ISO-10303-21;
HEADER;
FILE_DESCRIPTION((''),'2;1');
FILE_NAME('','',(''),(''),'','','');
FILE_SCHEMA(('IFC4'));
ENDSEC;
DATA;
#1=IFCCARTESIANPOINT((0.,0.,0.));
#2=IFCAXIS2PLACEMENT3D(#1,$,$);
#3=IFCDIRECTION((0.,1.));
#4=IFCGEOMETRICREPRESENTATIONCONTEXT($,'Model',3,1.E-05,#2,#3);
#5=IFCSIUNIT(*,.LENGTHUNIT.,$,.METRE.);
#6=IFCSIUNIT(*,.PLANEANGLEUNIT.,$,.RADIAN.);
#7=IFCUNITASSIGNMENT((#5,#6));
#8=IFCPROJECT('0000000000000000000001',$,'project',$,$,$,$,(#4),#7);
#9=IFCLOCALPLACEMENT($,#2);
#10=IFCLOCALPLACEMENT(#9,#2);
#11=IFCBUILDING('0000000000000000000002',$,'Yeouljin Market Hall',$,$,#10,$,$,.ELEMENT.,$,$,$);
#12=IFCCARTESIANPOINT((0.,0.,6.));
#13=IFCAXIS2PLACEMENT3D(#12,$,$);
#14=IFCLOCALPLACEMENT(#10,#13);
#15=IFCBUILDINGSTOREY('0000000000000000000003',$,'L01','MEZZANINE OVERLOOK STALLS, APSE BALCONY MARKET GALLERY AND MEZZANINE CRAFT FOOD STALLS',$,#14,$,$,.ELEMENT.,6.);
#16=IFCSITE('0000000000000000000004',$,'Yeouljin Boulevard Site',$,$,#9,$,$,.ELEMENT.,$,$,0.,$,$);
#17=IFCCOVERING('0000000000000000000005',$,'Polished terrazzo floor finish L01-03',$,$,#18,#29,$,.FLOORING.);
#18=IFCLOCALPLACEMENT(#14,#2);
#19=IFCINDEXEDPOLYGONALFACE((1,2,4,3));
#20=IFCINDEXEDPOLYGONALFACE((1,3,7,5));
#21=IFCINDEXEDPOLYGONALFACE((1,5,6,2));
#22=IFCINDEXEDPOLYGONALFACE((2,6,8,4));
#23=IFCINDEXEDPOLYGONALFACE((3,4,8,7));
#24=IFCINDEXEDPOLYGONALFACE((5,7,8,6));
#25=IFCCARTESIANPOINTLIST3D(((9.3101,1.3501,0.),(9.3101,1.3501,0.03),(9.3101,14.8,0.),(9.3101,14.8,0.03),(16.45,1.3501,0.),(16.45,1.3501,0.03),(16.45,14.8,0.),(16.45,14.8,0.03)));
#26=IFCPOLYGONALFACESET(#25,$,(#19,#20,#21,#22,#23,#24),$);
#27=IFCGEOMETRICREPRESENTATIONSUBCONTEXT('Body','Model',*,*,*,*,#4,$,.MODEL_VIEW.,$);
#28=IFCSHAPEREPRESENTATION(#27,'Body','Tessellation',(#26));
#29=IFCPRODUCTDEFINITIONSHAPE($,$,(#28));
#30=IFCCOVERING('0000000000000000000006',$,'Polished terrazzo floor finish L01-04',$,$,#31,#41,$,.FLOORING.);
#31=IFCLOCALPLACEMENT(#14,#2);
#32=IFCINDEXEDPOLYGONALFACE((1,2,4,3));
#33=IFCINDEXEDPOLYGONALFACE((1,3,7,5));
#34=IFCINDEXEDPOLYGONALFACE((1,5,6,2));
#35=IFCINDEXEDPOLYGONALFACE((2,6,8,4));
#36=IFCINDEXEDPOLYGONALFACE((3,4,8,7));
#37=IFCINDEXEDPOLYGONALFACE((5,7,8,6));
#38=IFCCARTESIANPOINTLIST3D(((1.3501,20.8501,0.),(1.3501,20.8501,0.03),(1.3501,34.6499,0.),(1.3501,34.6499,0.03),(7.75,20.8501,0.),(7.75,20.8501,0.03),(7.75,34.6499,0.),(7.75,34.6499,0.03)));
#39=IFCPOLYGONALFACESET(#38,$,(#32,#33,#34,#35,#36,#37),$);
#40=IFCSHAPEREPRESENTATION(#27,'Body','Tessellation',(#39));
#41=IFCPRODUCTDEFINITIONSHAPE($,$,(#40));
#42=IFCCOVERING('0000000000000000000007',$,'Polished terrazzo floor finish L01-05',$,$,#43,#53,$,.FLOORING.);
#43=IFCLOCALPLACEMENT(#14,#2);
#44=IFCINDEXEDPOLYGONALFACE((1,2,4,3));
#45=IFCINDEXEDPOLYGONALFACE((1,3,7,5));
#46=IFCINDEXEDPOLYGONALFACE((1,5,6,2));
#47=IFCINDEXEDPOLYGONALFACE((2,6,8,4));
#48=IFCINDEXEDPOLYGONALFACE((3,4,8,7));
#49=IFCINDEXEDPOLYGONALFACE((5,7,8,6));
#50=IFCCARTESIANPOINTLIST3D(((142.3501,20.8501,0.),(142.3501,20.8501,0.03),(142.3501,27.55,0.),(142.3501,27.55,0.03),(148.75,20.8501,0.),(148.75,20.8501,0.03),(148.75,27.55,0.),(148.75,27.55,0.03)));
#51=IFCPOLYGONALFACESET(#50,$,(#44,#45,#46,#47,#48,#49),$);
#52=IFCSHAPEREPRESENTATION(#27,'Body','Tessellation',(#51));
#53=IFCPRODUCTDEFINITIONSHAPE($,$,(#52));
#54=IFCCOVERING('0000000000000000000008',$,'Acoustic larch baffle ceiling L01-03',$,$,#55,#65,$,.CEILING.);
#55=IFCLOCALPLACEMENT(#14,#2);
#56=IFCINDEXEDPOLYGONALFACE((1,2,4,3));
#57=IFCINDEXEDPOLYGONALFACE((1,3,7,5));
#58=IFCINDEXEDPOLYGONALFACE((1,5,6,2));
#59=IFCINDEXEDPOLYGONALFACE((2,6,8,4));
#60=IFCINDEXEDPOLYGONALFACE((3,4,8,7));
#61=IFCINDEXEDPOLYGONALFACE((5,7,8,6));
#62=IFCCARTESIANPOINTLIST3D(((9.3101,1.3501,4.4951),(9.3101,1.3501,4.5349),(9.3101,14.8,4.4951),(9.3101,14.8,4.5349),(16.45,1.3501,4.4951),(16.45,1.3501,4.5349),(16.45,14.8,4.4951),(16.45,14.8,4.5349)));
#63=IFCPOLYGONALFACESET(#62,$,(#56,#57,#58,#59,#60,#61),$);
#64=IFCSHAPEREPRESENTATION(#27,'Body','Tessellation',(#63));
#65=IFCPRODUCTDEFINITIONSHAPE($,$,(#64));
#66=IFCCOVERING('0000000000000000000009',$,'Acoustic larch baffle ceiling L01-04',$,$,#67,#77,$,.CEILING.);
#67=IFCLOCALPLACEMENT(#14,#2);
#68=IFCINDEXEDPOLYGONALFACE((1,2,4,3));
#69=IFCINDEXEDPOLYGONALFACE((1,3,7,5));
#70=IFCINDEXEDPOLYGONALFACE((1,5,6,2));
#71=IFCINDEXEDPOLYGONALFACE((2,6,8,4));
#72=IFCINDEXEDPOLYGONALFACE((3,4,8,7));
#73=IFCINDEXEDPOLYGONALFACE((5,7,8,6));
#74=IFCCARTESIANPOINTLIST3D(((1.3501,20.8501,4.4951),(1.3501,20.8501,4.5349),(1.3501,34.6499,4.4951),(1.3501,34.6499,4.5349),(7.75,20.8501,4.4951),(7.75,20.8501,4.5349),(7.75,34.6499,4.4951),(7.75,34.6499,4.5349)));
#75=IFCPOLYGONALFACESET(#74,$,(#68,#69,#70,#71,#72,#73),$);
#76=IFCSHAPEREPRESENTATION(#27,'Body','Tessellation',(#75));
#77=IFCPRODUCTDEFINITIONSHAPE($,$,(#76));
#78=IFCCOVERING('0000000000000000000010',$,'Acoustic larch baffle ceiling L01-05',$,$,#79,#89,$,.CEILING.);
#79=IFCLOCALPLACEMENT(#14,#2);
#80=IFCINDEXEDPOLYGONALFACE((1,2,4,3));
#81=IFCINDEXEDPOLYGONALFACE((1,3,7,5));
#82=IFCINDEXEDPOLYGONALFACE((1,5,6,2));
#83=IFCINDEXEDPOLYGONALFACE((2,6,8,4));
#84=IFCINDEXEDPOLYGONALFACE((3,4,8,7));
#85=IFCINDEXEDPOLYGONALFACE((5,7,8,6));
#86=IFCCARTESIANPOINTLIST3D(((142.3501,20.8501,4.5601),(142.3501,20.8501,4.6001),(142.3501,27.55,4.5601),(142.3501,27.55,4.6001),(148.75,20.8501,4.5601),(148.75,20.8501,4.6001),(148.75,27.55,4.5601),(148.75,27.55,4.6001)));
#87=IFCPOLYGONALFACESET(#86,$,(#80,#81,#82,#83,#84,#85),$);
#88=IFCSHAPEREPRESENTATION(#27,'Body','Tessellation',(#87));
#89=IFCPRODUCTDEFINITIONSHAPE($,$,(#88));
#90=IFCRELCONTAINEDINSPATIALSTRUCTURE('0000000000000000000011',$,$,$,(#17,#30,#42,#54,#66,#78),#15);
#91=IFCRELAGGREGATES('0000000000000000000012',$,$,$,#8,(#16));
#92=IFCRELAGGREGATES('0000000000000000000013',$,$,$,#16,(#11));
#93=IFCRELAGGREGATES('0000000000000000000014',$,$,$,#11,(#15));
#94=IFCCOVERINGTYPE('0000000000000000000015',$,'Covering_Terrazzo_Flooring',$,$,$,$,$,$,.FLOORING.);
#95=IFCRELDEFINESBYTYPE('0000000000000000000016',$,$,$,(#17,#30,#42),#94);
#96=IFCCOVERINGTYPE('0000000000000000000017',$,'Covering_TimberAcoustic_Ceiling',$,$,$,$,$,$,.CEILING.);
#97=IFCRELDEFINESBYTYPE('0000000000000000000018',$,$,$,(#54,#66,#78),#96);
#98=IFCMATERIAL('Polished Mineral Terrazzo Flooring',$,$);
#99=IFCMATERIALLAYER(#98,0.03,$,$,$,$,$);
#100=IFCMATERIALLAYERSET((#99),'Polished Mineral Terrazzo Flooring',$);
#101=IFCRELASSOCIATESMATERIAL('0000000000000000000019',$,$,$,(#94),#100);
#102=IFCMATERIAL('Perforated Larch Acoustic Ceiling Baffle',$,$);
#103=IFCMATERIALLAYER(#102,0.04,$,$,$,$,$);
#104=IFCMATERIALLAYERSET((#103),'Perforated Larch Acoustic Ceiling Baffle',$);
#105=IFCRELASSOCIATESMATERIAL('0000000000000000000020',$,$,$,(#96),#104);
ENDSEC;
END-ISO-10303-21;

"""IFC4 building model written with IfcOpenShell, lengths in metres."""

from ifc_helpers import new_model, si_unit, direction, frame, origin, place, context, subcontext, project, spatial, polyline, outline, extrude, material, layer, layer_set, type_object, element, save


model = new_model("IFC4")

# Units and contexts
model_context = context("Model", 3, precision=1e-05, world=origin(), true_north=direction((0.0, 1.0)))
body_context = subcontext(model_context, "Body", "Model", "MODEL_VIEW")
ifc_project = project(units=[si_unit("LENGTHUNIT", "METRE"), si_unit("PLANEANGLEUNIT", "RADIAN")], contexts=[model_context])

# Site, building, storey
site_placement = place(None, origin())
site = spatial("IfcSite", under=ifc_project, at=site_placement, Name="Yeouljin Boulevard Site", CompositionType="ELEMENT", RefElevation=0.0)
building_placement = place(site_placement, origin())
building = spatial("IfcBuilding", under=site, at=building_placement, Name="Yeouljin Market Hall", CompositionType="ELEMENT")
storey_placement = place(building_placement, frame((0.0, 0.0, 6.0)))
storey = spatial("IfcBuildingStorey", under=building, at=storey_placement, Name="L01", Description="MEZZANINE OVERLOOK STALLS, APSE BALCONY MARKET GALLERY AND MEZZANINE CRAFT FOOD STALLS", CompositionType="ELEMENT", Elevation=6.0)

# Coverings
ifc_material_1 = material(Name="Polished Mineral Terrazzo Flooring")
ifc_layer_1 = layer(ifc_material_1, 0.03)
ifc_layer_set_1 = layer_set([ifc_layer_1], Name="Polished Mineral Terrazzo Flooring")
covering_type_1 = type_object("IfcCoveringType", Name="Covering_Terrazzo_Flooring", PredefinedType="FLOORING", material=ifc_layer_set_1)
covering_1_placement = place(storey_placement, origin())
element("IfcCovering", 1, at=covering_1_placement, inside=storey, type_object=covering_type_1, Name="Polished terrazzo floor finish L01-03", PredefinedType="FLOORING", context=body_context, shape_type="SweptSolid", body=[
    extrude(outline(polyline([(16.45, 1.3501), (16.45, 14.8), (9.3101, 14.8), (9.3101, 1.3501), (16.45, 1.3501)])), origin(), (0.0, 0.0, 1.0), 0.03),
])
covering_2_placement = place(storey_placement, origin())
element("IfcCovering", 2, at=covering_2_placement, inside=storey, type_object=covering_type_1, Name="Polished terrazzo floor finish L01-04", PredefinedType="FLOORING", context=body_context, shape_type="SweptSolid", body=[
    extrude(outline(polyline([(7.75, 20.8501), (7.75, 34.6499), (1.3501, 34.6499), (1.3501, 20.8501), (7.75, 20.8501)])), origin(), (0.0, 0.0, 1.0), 0.03),
])
covering_3_placement = place(storey_placement, origin())
element("IfcCovering", 3, at=covering_3_placement, inside=storey, type_object=covering_type_1, Name="Polished terrazzo floor finish L01-05", PredefinedType="FLOORING", context=body_context, shape_type="SweptSolid", body=[
    extrude(outline(polyline([(148.75, 20.8501), (148.75, 27.55), (142.3501, 27.55), (142.3501, 20.8501), (148.75, 20.8501)])), origin(), (0.0, 0.0, 1.0), 0.03),
])
ifc_material_2 = material(Name="Perforated Larch Acoustic Ceiling Baffle")
ifc_layer_2 = layer(ifc_material_2, 0.04)
ifc_layer_set_2 = layer_set([ifc_layer_2], Name="Perforated Larch Acoustic Ceiling Baffle")
covering_type_2 = type_object("IfcCoveringType", Name="Covering_TimberAcoustic_Ceiling", PredefinedType="CEILING", material=ifc_layer_set_2)
covering_4_placement = place(storey_placement, frame((0.0, 0.0, 4.4951)))
element("IfcCovering", 4, at=covering_4_placement, inside=storey, type_object=covering_type_2, Name="Acoustic larch baffle ceiling L01-03", PredefinedType="CEILING", context=body_context, shape_type="SweptSolid", body=[
    extrude(outline(polyline([(16.45, 1.3501), (16.45, 14.8), (9.3101, 14.8), (9.3101, 1.3501), (16.45, 1.3501)])), origin(), (0.0, 0.0, 1.0), 0.0398),
])
covering_5_placement = place(storey_placement, frame((0.0, 0.0, 4.4951)))
element("IfcCovering", 5, at=covering_5_placement, inside=storey, type_object=covering_type_2, Name="Acoustic larch baffle ceiling L01-04", PredefinedType="CEILING", context=body_context, shape_type="SweptSolid", body=[
    extrude(outline(polyline([(7.75, 20.8501), (7.75, 34.6499), (1.3501, 34.6499), (1.3501, 20.8501), (7.75, 20.8501)])), origin(), (0.0, 0.0, 1.0), 0.0398),
])
covering_6_placement = place(storey_placement, frame((0.0, 0.0, 4.5601)))
element("IfcCovering", 6, at=covering_6_placement, inside=storey, type_object=covering_type_2, Name="Acoustic larch baffle ceiling L01-05", PredefinedType="CEILING", context=body_context, shape_type="SweptSolid", body=[
    extrude(outline(polyline([(148.75, 20.8501), (148.75, 27.55), (142.3501, 27.55), (142.3501, 20.8501), (148.75, 20.8501)])), origin(), (0.0, 0.0, 1.0), 0.04),
])

save(model, "model.ifc")
